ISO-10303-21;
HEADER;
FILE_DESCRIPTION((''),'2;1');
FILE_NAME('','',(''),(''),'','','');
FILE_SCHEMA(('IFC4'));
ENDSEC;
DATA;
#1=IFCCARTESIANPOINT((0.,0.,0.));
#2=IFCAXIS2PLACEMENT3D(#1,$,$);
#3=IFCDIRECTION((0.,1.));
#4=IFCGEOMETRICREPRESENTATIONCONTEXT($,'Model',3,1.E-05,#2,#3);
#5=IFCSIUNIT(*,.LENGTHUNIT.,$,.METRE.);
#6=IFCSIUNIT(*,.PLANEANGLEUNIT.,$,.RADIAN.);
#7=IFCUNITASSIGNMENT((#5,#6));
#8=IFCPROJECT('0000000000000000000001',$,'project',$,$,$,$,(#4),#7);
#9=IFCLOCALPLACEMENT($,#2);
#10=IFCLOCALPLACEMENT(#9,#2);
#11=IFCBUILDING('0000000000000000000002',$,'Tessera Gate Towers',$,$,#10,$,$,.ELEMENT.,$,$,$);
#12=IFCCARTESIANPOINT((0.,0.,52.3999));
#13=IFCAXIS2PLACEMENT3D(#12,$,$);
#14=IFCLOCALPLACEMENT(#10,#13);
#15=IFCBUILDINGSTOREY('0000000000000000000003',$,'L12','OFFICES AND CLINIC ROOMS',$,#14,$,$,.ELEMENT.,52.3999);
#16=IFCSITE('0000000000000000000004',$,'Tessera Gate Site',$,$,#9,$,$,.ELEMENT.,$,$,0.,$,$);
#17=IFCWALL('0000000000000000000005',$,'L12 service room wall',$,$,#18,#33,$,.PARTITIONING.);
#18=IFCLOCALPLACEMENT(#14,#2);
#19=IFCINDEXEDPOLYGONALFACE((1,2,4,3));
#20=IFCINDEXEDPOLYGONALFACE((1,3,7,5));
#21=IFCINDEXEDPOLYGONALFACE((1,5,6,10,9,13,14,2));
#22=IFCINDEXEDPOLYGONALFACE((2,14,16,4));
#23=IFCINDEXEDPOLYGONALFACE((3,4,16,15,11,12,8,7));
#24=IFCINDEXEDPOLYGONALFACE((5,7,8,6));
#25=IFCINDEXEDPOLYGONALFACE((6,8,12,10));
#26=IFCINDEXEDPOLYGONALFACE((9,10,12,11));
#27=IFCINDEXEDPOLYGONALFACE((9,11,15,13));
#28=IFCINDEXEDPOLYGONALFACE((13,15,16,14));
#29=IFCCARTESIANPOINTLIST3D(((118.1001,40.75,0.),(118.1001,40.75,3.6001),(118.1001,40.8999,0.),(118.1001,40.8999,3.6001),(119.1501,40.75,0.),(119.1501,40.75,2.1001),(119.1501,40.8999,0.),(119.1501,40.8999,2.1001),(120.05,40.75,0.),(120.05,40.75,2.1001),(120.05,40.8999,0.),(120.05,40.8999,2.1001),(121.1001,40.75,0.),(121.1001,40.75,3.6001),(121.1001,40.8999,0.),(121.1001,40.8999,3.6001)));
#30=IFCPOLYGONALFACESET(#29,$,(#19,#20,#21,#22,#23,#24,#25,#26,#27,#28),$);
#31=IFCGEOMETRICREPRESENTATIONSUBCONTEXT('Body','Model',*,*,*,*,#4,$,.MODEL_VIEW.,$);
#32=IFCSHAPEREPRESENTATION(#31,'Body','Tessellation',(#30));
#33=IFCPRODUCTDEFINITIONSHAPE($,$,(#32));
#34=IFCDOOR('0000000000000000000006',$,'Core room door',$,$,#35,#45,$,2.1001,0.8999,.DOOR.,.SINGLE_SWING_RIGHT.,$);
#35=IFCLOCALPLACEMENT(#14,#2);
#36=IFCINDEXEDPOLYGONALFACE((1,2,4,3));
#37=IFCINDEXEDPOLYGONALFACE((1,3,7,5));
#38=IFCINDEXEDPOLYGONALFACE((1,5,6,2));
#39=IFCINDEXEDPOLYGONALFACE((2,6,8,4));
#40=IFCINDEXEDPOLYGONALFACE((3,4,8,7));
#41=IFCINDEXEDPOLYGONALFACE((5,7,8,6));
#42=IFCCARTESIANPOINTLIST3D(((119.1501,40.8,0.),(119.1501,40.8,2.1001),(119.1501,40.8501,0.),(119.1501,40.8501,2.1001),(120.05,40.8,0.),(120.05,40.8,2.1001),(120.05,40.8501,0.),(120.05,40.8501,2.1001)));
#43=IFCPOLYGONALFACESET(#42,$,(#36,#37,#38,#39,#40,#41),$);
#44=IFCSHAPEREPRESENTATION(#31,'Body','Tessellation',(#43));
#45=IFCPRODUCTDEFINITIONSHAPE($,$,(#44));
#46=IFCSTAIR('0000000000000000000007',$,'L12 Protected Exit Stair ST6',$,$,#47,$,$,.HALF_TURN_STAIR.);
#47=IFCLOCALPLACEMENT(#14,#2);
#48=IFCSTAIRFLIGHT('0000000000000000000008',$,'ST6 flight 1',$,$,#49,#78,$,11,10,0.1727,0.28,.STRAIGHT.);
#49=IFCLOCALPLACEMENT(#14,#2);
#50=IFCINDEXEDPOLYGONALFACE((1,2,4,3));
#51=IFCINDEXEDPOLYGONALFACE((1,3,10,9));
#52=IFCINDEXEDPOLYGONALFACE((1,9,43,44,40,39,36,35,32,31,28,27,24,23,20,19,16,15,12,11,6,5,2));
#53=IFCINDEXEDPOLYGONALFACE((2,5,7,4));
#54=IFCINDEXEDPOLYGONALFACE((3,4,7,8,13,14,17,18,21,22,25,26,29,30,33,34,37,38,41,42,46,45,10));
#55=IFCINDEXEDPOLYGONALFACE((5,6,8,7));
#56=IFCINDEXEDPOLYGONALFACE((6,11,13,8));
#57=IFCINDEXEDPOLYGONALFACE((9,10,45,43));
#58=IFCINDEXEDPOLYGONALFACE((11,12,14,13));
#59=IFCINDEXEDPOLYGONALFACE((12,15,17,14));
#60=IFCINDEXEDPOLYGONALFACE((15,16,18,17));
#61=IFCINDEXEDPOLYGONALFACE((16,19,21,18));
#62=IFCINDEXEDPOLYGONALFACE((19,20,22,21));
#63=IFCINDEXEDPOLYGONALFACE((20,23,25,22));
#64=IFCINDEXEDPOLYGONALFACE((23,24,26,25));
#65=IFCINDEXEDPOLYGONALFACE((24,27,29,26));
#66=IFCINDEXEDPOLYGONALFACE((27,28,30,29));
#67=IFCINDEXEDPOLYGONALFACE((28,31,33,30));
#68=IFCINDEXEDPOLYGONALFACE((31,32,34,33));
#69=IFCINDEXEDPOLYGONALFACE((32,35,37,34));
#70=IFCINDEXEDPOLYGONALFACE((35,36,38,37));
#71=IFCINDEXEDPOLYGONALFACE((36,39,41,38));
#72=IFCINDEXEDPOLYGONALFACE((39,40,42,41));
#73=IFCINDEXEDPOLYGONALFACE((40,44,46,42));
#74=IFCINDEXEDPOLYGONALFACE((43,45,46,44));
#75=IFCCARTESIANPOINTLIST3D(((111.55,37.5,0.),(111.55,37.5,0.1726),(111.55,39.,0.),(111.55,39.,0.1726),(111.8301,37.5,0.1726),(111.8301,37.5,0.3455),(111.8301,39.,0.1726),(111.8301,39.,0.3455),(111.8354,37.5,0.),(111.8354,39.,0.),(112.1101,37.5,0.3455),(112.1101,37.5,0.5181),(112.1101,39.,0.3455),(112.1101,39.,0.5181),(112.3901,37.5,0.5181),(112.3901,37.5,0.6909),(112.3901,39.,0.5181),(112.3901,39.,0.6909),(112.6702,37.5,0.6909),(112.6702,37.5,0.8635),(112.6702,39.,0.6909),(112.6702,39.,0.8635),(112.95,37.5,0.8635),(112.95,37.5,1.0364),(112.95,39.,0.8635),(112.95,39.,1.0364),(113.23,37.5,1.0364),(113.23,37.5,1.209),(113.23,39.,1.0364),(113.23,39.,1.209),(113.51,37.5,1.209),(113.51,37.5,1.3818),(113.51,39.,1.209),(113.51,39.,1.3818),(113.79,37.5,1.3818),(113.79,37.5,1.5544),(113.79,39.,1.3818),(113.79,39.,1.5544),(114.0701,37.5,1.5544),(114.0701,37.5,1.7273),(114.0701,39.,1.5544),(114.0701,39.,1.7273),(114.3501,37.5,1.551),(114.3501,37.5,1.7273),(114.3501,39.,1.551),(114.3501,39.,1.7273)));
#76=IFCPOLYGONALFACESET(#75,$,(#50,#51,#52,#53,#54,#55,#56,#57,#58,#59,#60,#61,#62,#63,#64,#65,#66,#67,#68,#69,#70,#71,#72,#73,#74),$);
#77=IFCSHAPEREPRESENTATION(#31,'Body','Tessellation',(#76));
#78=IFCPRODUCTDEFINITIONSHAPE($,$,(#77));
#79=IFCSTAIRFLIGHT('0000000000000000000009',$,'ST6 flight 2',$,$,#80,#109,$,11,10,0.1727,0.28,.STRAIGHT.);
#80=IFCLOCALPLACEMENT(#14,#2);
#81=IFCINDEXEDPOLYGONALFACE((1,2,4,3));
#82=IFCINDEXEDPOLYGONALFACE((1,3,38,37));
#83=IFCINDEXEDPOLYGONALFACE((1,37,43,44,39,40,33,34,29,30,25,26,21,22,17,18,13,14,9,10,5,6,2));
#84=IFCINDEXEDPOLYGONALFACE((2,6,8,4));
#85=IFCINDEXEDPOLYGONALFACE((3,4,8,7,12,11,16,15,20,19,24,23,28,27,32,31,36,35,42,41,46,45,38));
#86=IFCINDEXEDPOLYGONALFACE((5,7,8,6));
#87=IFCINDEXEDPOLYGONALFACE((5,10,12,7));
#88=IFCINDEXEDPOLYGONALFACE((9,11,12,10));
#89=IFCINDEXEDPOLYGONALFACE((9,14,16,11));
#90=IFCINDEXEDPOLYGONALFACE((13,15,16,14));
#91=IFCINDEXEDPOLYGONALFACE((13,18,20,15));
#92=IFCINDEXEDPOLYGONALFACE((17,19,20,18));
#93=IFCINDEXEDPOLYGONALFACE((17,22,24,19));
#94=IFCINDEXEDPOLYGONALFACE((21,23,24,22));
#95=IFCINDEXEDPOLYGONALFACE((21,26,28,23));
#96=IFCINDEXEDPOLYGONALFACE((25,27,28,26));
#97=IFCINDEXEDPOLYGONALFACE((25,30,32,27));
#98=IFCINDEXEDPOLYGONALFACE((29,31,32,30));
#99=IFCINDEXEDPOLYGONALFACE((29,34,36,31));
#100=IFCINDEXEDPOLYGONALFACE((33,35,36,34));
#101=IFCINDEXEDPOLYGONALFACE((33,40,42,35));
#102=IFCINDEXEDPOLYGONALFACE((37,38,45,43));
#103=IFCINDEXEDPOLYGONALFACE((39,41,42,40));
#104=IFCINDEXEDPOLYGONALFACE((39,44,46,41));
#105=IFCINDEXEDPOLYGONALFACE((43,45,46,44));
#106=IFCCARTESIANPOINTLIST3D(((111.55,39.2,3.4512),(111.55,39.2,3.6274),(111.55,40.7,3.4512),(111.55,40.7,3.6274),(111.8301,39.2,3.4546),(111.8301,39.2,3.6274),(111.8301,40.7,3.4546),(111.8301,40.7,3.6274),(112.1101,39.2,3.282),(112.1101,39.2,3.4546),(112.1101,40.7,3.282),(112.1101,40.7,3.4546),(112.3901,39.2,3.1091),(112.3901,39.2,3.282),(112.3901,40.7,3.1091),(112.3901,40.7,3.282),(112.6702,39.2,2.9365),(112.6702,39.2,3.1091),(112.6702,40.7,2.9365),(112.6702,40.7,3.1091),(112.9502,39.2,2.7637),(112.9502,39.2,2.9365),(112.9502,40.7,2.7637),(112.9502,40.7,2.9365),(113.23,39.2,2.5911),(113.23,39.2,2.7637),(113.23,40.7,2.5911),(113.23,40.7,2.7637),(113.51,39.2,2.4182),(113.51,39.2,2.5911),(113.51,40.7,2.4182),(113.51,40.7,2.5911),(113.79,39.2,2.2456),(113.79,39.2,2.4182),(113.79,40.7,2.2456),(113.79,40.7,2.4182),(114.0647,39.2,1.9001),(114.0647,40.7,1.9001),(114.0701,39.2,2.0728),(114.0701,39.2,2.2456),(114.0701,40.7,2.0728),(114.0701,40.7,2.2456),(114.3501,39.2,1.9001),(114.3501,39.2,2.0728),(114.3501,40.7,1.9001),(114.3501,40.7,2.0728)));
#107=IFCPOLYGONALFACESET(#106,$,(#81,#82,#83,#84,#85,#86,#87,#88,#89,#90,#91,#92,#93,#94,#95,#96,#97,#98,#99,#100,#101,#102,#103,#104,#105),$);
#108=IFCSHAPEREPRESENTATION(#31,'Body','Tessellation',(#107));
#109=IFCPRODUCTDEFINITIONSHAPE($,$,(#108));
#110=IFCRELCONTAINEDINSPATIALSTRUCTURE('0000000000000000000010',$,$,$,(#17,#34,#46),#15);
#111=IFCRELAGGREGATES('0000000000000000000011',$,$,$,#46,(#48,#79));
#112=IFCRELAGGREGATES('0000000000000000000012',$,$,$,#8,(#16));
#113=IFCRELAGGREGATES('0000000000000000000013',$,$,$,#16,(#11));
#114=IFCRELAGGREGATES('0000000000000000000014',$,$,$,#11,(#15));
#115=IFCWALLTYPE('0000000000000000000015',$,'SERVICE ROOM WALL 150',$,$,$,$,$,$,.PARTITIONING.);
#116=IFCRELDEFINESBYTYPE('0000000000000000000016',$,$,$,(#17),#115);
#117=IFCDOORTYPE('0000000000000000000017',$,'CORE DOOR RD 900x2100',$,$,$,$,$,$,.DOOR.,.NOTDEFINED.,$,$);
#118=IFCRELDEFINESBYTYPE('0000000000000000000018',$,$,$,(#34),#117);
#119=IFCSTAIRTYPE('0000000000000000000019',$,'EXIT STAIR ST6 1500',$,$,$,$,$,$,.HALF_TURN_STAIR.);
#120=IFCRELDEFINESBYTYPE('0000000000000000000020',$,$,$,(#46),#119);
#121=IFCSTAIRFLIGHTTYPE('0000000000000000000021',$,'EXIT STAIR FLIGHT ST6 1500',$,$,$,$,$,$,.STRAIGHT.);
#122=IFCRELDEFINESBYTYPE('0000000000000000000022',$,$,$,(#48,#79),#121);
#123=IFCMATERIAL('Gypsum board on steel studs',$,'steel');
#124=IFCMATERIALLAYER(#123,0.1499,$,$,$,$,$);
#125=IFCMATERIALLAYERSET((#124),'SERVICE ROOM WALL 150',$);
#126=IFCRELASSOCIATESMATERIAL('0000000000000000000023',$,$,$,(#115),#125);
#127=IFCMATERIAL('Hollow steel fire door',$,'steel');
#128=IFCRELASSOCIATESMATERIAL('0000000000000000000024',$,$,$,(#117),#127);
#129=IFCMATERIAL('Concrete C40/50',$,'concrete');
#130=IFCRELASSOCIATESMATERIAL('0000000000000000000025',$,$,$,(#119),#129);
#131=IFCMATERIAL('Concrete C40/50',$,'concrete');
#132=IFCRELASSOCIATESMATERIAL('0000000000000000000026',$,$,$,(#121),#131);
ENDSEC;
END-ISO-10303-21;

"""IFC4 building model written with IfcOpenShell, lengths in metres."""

from ifc_helpers import new_model, si_unit, direction, frame, frame_2d, origin, place, context, subcontext, project, spatial, polyline, rectangle, outline, extrude, source, transform, mapped, material, layer, layer_set, type_object, element, fill, aggregate, save


model = new_model("IFC4")

# Units and contexts
model_context = context("Model", 3, precision=1e-05, world=origin(), true_north=direction((0.0, 1.0)))
body_context = subcontext(model_context, "Body", "Model", "MODEL_VIEW")
ifc_project = project(units=[si_unit("LENGTHUNIT", "METRE"), si_unit("PLANEANGLEUNIT", "RADIAN")], contexts=[model_context])

# Site, building, storey
site_placement = place(None, origin())
site = spatial("IfcSite", under=ifc_project, at=site_placement, Name="Tessera Gate Site", CompositionType="ELEMENT", RefElevation=0.0)
building_placement = place(site_placement, origin())
building = spatial("IfcBuilding", under=site, at=building_placement, Name="Tessera Gate Towers", CompositionType="ELEMENT")
storey_placement = place(building_placement, frame((0.0, 0.0, 52.3999)))
storey = spatial("IfcBuildingStorey", under=building, at=storey_placement, Name="L12", Description="OFFICES AND CLINIC ROOMS", CompositionType="ELEMENT", Elevation=52.3999)

# Wall, opening, door
ifc_material_1 = material(Name="Gypsum board on steel studs", Category="steel")
ifc_layer_1 = layer(ifc_material_1, 0.1499)
ifc_layer_set_1 = layer_set([ifc_layer_1], Name="SERVICE ROOM WALL 150")
wall_type_1 = type_object("IfcWallType", Name="SERVICE ROOM WALL 150", PredefinedType="PARTITIONING", material=ifc_layer_set_1)
wall_1_placement = place(storey_placement, frame((121.1001, 40.825, 0.0), z_axis=(0.0, 0.0, 1.0), x_axis=(-1.0, 0.0, 0.0)))
wall_1 = element("IfcWall", 1, at=wall_1_placement, inside=storey, type_object=wall_type_1, Name="L12 service room wall", PredefinedType="PARTITIONING", context=body_context, shape_type="SweptSolid", body=[
    extrude(rectangle(XDim=3.0, YDim=0.1499, at=frame_2d((1.5, 0.0))), origin(), (0.0, 0.0, 1.0), 3.6001),
])
shared_shape_1 = source(origin(), body_context, "Body", "SweptSolid", [
    extrude(rectangle(XDim=0.8999, YDim=2.1001, at=frame_2d((0.45, 1.05))), frame((0.0, 0.085, 0.0), z_axis=(0.0, -1.0, 0.0), x_axis=(1.0, 0.0, 0.0)), (0.0, 0.0, 1.0), 0.1699),
])
opening_1_placement = place(wall_1_placement, frame((1.05, 0.0, 0.0)))
opening_1 = element("IfcOpeningElement", 2, at=opening_1_placement, cuts=wall_1, PredefinedType="OPENING", context=body_context, shape_type="MappedRepresentation", body=[
    mapped(shared_shape_1, transform((0.0, 0.0, 0.0), scale=1.0)),
])
ifc_material_2 = material(Name="Hollow steel fire door", Category="steel")
door_type_1 = type_object("IfcDoorType", Name="CORE DOOR RD 900x2100", OperationType="NOTDEFINED", PredefinedType="DOOR", material=ifc_material_2)
shared_shape_2 = source(origin(), body_context, "Body", "SweptSolid", [
    extrude(rectangle(XDim=0.8999, YDim=2.1001, at=frame_2d((0.45, 1.05))), frame((0.0, 0.0249, 0.0), z_axis=(0.0, -1.0, 0.0), x_axis=(1.0, 0.0, 0.0)), (0.0, 0.0, 1.0), 0.05),
])
door_1_placement = place(opening_1_placement, origin())
door_1 = element("IfcDoor", 3, at=door_1_placement, inside=storey, type_object=door_type_1, Name="Core room door", OperationType="SINGLE_SWING_RIGHT", OverallHeight=2.1001, OverallWidth=0.8999, PredefinedType="DOOR", context=body_context, shape_type="MappedRepresentation", body=[
    mapped(shared_shape_2, transform((0.0, 0.0, 0.0), scale=1.0)),
])
fill(opening_1, door_1)

# Stair, stair flights
ifc_material_3 = material(Name="Concrete C40/50", Category="concrete")
stair_type = type_object("IfcStairType", Name="EXIT STAIR ST6 1500", PredefinedType="HALF_TURN_STAIR", material=ifc_material_3)
stair_placement = place(storey_placement, origin())
stair = element("IfcStair", 4, at=stair_placement, inside=storey, type_object=stair_type, Name="L12 Protected Exit Stair ST6", PredefinedType="HALF_TURN_STAIR")
ifc_material_4 = material(Name="Concrete C40/50", Category="concrete")
stair_flight_type = type_object("IfcStairFlightType", Name="EXIT STAIR FLIGHT ST6 1500", PredefinedType="STRAIGHT", material=ifc_material_4)
stair_flight_1_placement = place(storey_placement, frame((111.55, 38.25, 0.0), z_axis=(0.0, 0.0, 1.0), x_axis=(1.0, 0.0, 0.0)))
stair_flight_1 = element("IfcStairFlight", 5, at=stair_flight_1_placement, type_object=stair_flight_type, Name="ST6 flight 1", NumberOfRisers=11, NumberOfTreads=10, PredefinedType="STRAIGHT", RiserHeight=0.1727, TreadLength=0.28, context=body_context, shape_type="SweptSolid", body=[
    extrude(outline(polyline([(0.0, 0.0), (0.0, 0.1726), (0.28, 0.1726), (0.28, 0.3455), (0.5601, 0.3455), (0.5601, 0.5181), (0.8401, 0.5181), (0.8401, 0.6909), (1.1201, 0.6909), (1.1201, 0.8635), (1.3999, 0.8635), (1.3999, 1.0364), (1.6799, 1.0364), (1.6799, 1.209), (1.96, 1.209), (1.96, 1.3818), (2.24, 1.3818), (2.24, 1.5544), (2.52, 1.5544), (2.52, 1.7273), (2.8, 1.7273), (2.8, 1.8999), (2.8, 1.551), (0.2854, 0.0), (0.0, 0.0)])), frame((0.0, 0.75, 0.0), z_axis=(0.0, -1.0, 0.0), x_axis=(1.0, 0.0, 0.0)), (0.0, 0.0, 1.0), 1.5),
])
stair_flight_2_placement = place(storey_placement, frame((114.3501, 39.95, 1.9001), z_axis=(0.0, 0.0, 1.0), x_axis=(-1.0, 0.0, 0.0)))
stair_flight_2 = element("IfcStairFlight", 6, at=stair_flight_2_placement, type_object=stair_flight_type, Name="ST6 flight 2", NumberOfRisers=11, NumberOfTreads=10, PredefinedType="STRAIGHT", RiserHeight=0.1727, TreadLength=0.28, context=body_context, shape_type="SweptSolid", body=[
    extrude(outline(polyline([(0.0, 0.0), (0.0, 0.1726), (0.28, 0.1726), (0.28, 0.3455), (0.5601, 0.3455), (0.5601, 0.5181), (0.8401, 0.5181), (0.8401, 0.6909), (1.1201, 0.6909), (1.1201, 0.8635), (1.3999, 0.8635), (1.3999, 1.0364), (1.6799, 1.0364), (1.6799, 1.209), (1.96, 1.209), (1.96, 1.3818), (2.24, 1.3818), (2.24, 1.5544), (2.52, 1.5544), (2.52, 1.7273), (2.8, 1.7273), (2.8, 1.8999), (2.8, 1.551), (0.2854, 0.0), (0.0, 0.0)])), frame((0.0, 0.75, 0.0), z_axis=(0.0, -1.0, 0.0), x_axis=(1.0, 0.0, 0.0)), (0.0, 0.0, 1.0), 1.5),
])
aggregate(stair, [stair_flight_1, stair_flight_2])

save(model, "model.ifc")
